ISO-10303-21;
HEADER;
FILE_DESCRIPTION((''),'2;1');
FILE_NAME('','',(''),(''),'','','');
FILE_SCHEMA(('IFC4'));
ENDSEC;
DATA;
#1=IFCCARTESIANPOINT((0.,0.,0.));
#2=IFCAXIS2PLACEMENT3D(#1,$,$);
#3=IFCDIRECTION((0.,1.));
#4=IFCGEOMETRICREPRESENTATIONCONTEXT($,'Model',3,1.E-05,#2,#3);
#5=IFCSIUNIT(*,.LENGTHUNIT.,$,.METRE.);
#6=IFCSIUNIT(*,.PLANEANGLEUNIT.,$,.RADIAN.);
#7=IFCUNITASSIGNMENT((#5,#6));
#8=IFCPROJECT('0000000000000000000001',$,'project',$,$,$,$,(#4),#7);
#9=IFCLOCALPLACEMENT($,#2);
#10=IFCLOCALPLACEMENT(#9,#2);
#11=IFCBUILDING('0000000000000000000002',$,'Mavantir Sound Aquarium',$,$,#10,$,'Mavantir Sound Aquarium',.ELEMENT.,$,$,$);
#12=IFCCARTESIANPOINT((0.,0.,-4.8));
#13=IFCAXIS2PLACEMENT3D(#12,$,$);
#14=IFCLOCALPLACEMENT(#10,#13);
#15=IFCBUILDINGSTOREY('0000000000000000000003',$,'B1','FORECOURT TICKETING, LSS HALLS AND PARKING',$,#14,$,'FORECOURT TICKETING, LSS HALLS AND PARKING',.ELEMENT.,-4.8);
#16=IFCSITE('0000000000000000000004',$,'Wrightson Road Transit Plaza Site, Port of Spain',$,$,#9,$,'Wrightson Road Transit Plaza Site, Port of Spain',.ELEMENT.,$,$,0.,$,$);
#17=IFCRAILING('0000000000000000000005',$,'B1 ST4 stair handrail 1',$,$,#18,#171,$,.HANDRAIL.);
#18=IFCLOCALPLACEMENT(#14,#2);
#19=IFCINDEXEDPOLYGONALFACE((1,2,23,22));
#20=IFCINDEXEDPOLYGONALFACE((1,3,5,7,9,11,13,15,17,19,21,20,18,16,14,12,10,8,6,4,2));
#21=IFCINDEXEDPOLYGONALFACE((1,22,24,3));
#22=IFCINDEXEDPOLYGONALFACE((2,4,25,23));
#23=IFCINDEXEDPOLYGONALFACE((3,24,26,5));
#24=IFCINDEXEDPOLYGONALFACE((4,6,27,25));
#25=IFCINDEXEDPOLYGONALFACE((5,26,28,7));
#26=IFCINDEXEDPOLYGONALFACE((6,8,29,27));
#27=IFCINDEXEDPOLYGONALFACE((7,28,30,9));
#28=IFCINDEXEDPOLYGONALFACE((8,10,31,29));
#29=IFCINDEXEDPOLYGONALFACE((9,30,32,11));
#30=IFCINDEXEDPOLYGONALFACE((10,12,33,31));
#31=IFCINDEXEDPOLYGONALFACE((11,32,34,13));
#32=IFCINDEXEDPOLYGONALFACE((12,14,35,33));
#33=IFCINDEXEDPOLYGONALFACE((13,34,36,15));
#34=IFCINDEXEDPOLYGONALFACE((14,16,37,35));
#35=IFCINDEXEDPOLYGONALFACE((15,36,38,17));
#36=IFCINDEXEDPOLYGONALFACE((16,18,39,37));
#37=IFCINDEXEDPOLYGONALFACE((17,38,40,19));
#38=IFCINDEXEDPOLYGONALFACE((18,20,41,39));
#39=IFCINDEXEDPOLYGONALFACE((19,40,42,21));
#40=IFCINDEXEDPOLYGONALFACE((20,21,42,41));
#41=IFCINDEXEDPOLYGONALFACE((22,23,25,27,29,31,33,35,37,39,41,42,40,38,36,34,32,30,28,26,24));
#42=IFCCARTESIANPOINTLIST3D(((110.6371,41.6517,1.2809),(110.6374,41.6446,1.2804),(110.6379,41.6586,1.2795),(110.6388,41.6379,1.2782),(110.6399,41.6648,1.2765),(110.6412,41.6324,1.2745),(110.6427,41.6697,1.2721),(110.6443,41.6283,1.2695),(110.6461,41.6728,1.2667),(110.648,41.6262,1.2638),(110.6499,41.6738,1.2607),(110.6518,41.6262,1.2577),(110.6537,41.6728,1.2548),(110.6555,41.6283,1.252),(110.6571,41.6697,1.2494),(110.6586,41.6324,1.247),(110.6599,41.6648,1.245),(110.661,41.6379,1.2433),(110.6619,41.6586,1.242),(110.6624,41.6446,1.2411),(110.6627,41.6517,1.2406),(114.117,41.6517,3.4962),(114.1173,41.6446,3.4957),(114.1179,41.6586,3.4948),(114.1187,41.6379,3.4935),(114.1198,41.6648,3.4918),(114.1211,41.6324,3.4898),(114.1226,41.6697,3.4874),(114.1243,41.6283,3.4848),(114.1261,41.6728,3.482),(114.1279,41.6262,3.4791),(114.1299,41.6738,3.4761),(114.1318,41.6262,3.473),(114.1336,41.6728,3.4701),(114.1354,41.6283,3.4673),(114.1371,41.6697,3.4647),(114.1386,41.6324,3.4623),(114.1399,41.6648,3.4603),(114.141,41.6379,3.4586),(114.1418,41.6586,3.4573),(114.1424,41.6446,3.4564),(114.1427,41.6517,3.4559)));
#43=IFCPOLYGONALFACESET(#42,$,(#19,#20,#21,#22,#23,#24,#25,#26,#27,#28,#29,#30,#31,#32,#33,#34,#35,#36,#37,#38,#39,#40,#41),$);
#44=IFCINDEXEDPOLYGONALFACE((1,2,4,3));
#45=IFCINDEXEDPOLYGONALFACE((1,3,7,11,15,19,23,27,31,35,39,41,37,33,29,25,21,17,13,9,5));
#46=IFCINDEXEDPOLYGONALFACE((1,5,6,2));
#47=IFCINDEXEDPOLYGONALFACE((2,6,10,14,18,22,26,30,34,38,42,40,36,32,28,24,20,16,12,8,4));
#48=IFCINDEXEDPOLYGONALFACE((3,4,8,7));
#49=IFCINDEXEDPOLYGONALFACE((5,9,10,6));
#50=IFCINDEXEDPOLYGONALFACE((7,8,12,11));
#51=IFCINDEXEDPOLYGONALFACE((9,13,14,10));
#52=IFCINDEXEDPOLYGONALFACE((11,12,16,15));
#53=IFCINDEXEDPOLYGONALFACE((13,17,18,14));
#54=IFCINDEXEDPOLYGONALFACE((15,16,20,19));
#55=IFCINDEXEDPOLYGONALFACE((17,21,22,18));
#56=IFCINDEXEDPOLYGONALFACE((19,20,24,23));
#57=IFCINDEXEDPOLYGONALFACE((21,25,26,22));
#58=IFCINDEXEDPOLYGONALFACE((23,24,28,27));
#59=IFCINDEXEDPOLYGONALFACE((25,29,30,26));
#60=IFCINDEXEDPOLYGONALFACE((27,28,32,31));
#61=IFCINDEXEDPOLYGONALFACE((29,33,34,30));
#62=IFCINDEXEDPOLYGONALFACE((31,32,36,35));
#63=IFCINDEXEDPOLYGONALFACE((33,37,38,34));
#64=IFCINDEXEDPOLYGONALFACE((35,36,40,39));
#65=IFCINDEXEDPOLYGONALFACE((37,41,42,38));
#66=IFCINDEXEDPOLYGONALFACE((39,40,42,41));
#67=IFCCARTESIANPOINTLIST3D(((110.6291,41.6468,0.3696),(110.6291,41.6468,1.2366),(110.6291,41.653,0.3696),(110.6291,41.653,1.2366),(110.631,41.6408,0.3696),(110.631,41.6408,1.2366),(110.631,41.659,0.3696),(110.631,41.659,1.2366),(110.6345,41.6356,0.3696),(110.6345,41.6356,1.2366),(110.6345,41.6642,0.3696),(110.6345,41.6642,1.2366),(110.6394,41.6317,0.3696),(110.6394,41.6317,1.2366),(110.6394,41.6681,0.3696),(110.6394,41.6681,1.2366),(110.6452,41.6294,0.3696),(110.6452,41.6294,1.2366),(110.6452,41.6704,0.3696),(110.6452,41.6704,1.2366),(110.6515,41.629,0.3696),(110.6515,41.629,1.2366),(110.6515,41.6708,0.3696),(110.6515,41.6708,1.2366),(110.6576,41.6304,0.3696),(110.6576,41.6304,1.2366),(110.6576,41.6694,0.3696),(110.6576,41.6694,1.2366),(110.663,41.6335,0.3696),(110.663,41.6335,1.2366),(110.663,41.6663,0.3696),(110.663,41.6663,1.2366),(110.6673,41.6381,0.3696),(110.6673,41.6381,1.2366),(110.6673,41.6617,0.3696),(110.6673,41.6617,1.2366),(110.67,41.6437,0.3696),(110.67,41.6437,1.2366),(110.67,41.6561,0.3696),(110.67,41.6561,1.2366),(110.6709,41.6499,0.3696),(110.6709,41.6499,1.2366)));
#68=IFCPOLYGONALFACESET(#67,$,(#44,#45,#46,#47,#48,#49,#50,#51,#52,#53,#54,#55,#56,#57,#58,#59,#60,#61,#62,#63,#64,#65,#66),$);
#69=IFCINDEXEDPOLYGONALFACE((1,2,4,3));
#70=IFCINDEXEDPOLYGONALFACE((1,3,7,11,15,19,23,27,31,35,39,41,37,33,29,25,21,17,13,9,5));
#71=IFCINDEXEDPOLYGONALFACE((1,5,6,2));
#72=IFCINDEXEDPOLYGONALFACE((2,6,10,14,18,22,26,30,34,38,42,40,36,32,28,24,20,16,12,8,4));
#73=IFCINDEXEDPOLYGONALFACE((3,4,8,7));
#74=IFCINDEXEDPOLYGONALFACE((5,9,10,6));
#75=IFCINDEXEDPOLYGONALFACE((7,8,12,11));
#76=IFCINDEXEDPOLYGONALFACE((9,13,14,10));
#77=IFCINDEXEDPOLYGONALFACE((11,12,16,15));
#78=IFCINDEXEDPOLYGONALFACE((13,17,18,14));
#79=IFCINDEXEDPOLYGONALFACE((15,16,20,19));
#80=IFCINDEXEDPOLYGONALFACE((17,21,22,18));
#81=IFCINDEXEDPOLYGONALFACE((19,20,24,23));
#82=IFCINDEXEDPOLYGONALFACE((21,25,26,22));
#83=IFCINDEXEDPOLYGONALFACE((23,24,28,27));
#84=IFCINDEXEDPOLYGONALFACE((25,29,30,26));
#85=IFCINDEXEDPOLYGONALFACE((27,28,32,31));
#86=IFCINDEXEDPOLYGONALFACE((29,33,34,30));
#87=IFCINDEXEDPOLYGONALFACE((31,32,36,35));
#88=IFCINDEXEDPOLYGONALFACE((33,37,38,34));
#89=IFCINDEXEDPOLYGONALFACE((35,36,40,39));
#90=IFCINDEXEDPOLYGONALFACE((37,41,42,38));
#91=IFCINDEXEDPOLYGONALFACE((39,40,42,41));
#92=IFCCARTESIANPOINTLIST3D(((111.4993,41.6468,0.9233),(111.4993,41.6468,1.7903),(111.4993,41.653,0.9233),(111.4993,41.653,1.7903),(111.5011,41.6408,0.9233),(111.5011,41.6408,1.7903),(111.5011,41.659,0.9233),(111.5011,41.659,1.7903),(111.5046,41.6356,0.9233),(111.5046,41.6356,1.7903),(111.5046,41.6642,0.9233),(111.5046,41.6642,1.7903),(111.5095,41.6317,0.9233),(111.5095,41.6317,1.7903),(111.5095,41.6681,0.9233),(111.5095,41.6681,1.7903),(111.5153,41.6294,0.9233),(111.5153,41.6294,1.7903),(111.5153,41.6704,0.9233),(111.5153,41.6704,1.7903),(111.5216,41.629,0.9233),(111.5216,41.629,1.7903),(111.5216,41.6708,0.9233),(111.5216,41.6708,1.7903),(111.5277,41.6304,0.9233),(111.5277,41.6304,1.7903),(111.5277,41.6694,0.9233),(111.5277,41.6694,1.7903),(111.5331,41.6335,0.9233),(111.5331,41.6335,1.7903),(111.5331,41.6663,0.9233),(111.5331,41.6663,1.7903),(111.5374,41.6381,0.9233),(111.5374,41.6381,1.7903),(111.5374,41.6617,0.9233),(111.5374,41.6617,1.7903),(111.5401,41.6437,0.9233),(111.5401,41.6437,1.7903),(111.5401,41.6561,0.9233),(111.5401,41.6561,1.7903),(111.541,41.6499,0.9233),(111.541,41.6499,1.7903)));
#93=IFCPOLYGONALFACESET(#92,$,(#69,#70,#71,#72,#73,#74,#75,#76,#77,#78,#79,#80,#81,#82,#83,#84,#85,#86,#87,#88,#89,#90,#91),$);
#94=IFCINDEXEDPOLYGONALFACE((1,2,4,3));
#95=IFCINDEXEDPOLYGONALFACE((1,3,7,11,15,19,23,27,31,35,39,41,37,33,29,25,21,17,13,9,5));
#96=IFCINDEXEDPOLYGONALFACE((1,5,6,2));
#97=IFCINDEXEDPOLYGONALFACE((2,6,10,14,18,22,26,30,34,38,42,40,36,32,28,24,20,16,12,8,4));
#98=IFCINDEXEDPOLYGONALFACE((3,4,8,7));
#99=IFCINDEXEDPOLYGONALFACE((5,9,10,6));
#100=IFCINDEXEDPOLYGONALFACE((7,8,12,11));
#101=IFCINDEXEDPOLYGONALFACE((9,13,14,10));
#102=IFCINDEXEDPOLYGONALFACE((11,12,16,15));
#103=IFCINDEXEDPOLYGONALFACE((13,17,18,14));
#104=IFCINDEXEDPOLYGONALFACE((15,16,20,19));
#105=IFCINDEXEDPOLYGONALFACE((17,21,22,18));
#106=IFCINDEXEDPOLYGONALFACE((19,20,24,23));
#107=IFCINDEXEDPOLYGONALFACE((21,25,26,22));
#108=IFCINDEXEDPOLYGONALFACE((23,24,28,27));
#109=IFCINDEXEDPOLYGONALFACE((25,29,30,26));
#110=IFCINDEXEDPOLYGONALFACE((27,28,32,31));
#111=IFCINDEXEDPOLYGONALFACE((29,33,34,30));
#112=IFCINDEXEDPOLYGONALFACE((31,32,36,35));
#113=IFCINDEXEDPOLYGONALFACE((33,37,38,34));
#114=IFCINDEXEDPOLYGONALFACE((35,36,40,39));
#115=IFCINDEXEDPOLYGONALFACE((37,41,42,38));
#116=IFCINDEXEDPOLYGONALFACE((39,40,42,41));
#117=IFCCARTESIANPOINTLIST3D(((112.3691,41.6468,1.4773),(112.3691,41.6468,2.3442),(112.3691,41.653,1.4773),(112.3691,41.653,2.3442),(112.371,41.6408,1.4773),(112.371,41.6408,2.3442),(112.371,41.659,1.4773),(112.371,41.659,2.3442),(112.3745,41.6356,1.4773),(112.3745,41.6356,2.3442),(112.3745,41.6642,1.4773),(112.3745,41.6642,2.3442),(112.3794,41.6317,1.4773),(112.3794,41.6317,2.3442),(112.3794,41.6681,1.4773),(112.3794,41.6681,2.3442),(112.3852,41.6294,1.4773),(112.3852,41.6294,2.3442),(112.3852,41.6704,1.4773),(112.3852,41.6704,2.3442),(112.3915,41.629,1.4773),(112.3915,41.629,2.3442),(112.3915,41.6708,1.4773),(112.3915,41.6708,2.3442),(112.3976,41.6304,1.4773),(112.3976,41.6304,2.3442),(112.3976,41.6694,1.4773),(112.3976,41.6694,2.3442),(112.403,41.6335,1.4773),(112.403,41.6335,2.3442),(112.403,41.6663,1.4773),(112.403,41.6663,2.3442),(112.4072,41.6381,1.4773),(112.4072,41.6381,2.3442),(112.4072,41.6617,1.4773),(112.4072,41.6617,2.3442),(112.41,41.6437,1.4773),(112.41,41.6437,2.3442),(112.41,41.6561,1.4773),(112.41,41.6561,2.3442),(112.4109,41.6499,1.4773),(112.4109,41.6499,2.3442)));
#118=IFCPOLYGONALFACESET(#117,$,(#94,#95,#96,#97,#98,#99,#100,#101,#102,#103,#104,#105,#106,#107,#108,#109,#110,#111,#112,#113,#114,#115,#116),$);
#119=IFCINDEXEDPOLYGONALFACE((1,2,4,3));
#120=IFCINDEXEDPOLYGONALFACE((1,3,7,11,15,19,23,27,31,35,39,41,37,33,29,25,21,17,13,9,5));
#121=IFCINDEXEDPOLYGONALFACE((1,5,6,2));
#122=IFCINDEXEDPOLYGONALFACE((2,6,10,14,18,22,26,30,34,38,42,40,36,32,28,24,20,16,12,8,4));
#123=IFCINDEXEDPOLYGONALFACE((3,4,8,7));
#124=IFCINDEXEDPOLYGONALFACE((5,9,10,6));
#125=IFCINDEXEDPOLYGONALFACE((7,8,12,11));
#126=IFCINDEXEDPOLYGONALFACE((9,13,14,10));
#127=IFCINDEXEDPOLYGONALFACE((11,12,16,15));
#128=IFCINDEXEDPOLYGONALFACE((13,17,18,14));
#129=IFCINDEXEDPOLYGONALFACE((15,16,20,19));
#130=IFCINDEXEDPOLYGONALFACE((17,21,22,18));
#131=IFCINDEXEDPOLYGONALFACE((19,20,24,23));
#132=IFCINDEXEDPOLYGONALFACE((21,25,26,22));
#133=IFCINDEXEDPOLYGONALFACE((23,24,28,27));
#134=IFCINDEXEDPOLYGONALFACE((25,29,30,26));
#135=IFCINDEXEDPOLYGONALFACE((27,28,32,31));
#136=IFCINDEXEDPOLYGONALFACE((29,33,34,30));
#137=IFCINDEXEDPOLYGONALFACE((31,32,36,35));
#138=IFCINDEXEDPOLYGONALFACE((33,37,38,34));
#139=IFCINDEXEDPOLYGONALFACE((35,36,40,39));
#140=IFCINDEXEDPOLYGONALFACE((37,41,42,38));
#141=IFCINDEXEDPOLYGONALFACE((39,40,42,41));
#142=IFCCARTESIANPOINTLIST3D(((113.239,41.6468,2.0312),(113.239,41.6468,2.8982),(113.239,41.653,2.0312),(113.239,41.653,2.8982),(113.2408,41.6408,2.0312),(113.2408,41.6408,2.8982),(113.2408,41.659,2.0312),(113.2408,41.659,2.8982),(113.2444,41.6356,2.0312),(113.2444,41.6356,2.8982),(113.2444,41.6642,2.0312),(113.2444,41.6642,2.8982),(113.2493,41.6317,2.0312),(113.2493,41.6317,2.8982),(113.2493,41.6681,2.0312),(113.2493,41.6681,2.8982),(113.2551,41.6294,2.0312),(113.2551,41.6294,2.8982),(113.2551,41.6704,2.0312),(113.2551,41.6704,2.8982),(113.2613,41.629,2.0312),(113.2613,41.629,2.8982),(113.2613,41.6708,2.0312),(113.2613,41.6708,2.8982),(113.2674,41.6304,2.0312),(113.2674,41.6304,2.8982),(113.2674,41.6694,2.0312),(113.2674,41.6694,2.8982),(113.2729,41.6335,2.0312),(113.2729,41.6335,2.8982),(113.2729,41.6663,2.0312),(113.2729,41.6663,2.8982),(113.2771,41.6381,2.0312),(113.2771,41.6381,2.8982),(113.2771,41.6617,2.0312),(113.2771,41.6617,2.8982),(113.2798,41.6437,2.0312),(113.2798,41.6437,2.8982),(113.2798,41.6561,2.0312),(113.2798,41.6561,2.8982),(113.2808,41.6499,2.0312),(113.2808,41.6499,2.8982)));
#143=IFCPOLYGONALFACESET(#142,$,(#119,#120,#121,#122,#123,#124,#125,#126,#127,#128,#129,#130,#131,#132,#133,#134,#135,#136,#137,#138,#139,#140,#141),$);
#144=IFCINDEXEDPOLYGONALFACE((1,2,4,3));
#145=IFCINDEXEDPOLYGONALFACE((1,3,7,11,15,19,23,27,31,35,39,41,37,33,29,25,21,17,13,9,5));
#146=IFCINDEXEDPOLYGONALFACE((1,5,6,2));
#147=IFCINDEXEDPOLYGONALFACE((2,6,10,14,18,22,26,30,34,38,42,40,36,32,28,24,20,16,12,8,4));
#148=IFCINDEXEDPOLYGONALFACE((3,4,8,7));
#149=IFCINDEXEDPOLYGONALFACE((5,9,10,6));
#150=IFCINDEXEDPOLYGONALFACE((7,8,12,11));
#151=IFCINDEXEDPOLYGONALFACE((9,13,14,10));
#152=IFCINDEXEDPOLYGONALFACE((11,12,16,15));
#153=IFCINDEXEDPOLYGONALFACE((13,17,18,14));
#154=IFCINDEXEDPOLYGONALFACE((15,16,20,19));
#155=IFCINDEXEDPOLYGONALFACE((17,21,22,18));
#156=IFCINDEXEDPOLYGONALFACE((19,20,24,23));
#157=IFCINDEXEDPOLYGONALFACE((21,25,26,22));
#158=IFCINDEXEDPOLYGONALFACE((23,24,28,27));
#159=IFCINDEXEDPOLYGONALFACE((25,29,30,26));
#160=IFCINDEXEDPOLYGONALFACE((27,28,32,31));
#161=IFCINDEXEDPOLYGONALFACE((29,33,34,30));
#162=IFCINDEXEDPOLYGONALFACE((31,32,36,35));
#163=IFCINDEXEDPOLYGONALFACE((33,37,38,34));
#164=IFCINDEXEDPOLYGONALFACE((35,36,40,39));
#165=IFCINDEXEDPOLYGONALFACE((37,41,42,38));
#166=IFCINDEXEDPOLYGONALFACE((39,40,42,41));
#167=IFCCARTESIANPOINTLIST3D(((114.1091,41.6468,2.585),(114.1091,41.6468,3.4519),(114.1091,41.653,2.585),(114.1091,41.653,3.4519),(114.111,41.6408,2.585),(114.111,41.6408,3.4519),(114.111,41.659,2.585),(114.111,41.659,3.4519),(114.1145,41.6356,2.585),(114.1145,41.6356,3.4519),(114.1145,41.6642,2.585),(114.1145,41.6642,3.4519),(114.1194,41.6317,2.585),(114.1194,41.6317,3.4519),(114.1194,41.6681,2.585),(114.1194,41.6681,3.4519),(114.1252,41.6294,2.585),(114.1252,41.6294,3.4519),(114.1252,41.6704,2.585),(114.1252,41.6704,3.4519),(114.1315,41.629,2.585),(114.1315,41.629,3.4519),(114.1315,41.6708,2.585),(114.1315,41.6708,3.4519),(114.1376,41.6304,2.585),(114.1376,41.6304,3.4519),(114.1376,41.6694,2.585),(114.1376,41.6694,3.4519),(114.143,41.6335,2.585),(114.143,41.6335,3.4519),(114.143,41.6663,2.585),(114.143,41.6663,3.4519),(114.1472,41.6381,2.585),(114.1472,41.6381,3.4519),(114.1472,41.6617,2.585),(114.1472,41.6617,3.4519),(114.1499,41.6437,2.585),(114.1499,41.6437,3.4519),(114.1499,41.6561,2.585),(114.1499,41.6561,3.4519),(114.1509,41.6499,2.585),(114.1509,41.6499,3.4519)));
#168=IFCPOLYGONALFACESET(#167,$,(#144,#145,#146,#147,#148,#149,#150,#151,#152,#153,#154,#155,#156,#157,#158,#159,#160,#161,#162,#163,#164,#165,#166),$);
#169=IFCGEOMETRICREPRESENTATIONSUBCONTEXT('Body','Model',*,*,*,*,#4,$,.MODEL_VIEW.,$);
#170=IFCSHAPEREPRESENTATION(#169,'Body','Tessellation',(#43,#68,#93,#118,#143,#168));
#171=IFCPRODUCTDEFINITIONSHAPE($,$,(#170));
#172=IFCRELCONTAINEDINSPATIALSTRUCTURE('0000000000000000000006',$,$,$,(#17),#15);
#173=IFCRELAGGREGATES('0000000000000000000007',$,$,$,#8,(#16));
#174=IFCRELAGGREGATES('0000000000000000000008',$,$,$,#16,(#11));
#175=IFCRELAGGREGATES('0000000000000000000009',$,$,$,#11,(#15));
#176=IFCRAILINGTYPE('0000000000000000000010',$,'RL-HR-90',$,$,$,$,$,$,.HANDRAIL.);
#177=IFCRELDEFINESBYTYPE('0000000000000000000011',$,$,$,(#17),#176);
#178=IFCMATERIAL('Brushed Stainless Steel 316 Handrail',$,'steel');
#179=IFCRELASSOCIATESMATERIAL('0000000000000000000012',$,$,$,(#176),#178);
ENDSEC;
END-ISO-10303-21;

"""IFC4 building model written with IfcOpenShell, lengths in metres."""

from ifc_helpers import new_model, si_unit, direction, frame, origin, origin_2d, place, context, subcontext, project, spatial, circle, extrude, material, type_object, element, save


model = new_model("IFC4")

# Units and contexts
model_context = context("Model", 3, precision=1e-05, world=origin(), true_north=direction((0.0, 1.0)))
body_context = subcontext(model_context, "Body", "Model", "MODEL_VIEW")
ifc_project = project(units=[si_unit("LENGTHUNIT", "METRE"), si_unit("PLANEANGLEUNIT", "RADIAN")], contexts=[model_context])

# Site, building, storey
site_placement = place(None, origin())
site = spatial("IfcSite", under=ifc_project, at=site_placement, Name="Wrightson Road Transit Plaza Site, Port of Spain", LongName="Wrightson Road Transit Plaza Site, Port of Spain", CompositionType="ELEMENT", RefElevation=0.0)
building_placement = place(site_placement, origin())
building = spatial("IfcBuilding", under=site, at=building_placement, Name="Mavantir Sound Aquarium", LongName="Mavantir Sound Aquarium", CompositionType="ELEMENT")
storey_placement = place(building_placement, frame((0.0, 0.0, -4.8)))
storey = spatial("IfcBuildingStorey", under=building, at=storey_placement, Name="B1", Description="FORECOURT TICKETING, LSS HALLS AND PARKING", LongName="FORECOURT TICKETING, LSS HALLS AND PARKING", CompositionType="ELEMENT", Elevation=-4.8)

# Railing
ifc_material_1 = material(Name="Brushed Stainless Steel 316 Handrail", Category="steel")
railing_type_1 = type_object("IfcRailingType", Name="RL-HR-90", PredefinedType="HANDRAIL", material=ifc_material_1)
railing_1_placement = place(storey_placement, frame((110.6499, 41.6499, 0.3696)))
element("IfcRailing", 1, at=railing_1_placement, inside=storey, type_object=railing_type_1, Name="B1 ST4 stair handrail 1", PredefinedType="HANDRAIL", context=body_context, shape_type="SweptSolid", body=[
    extrude(circle(Radius=0.0239, at=origin_2d()), frame((0.0, 0.0, 0.8911), z_axis=(0.843574, 0.0, 0.537013), x_axis=(0.0, 1.0, 0.0)), (0.0, 0.0, 1.0), 4.1252),
    extrude(circle(Radius=0.021, at=origin_2d()), origin(), (0.0, 0.0, 1.0), 0.8669),
    extrude(circle(Radius=0.021, at=origin_2d()), frame((0.8701, 0.0, 0.5537)), (0.0, 0.0, 1.0), 0.8669),
    extrude(circle(Radius=0.021, at=origin_2d()), frame((1.74, 0.0, 1.1077)), (0.0, 0.0, 1.0), 0.8669),
    extrude(circle(Radius=0.021, at=origin_2d()), frame((2.6099, 0.0, 1.6616)), (0.0, 0.0, 1.0), 0.8669),
    extrude(circle(Radius=0.021, at=origin_2d()), frame((3.48, 0.0, 2.2153)), (0.0, 0.0, 1.0), 0.8669),
])

save(model, "model.ifc")
